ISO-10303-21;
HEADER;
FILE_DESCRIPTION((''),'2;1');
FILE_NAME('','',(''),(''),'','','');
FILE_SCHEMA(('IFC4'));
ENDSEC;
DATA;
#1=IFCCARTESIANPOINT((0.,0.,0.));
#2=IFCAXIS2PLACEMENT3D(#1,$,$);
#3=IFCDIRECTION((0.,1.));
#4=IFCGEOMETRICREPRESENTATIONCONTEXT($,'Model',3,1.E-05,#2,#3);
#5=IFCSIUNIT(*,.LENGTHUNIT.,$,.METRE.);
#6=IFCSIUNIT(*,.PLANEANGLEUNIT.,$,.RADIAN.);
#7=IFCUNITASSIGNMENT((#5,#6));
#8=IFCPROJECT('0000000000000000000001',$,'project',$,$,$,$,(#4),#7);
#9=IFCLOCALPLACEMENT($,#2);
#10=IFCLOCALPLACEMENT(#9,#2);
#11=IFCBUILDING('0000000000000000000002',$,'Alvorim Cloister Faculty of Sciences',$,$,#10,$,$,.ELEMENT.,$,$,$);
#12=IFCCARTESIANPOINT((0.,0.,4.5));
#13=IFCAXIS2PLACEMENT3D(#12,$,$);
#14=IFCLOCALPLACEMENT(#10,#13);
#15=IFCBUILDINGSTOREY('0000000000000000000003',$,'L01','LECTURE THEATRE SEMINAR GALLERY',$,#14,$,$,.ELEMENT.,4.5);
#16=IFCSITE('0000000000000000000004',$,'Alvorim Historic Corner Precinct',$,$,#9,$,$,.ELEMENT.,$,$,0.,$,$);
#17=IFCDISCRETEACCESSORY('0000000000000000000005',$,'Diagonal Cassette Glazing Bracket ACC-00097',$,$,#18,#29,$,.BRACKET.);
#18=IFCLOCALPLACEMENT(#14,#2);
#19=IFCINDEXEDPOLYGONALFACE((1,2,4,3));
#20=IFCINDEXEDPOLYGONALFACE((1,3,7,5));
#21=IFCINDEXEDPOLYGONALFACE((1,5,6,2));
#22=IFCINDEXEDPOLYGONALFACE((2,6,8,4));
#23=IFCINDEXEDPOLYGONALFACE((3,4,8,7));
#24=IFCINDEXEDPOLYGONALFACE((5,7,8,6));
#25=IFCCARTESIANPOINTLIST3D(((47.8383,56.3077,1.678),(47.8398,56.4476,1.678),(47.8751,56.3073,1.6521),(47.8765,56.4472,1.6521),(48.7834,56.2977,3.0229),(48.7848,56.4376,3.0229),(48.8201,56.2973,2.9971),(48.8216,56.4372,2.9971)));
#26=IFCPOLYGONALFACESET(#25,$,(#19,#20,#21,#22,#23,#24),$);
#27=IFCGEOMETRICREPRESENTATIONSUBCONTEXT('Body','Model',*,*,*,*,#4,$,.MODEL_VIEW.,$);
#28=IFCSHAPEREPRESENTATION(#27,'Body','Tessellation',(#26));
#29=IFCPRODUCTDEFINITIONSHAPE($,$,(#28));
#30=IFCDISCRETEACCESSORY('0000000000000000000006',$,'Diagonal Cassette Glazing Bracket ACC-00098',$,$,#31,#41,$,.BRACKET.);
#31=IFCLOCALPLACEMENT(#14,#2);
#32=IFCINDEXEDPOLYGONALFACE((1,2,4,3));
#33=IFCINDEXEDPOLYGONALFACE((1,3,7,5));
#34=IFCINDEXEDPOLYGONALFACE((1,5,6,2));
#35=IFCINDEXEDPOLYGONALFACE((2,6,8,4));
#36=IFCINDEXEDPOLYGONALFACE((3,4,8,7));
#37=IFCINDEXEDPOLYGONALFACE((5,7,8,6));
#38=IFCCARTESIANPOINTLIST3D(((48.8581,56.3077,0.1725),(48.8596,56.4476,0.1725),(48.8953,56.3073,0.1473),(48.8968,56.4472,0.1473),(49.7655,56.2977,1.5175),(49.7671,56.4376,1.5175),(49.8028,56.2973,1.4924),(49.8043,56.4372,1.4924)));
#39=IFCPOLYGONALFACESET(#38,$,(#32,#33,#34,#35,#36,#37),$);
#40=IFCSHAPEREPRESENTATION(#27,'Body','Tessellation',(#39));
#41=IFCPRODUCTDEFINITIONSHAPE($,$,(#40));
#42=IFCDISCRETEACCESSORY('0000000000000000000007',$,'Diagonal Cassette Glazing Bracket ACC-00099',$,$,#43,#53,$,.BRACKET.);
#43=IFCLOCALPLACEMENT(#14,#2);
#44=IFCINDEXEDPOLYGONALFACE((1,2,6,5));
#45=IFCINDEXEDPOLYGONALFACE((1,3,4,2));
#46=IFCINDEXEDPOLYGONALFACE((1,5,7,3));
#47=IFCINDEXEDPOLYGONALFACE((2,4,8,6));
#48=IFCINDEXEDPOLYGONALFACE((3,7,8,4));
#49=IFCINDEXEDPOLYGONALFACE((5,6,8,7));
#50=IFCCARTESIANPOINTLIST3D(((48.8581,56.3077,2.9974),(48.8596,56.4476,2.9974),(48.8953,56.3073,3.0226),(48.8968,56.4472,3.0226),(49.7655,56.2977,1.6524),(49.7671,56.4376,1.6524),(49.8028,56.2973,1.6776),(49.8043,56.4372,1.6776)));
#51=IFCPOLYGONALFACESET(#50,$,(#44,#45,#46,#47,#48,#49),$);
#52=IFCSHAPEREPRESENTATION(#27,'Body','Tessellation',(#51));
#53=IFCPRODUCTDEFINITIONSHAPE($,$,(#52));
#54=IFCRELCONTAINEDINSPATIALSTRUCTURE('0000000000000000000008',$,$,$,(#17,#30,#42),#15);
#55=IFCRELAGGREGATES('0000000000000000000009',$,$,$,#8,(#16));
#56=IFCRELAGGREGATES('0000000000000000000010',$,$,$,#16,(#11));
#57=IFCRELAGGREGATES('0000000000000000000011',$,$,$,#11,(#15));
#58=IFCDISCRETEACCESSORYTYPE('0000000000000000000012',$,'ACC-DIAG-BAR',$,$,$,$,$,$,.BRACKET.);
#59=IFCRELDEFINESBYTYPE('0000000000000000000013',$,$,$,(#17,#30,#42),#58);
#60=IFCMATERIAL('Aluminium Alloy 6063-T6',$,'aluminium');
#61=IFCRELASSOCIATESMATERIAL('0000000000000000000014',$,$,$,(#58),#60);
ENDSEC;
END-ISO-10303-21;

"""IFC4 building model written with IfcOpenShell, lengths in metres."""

from ifc_helpers import new_model, si_unit, direction, frame, origin, origin_2d, place, context, subcontext, project, spatial, rectangle, extrude, material, type_object, element, save


model = new_model("IFC4")

# Units and contexts
model_context = context("Model", 3, precision=1e-05, world=origin(), true_north=direction((0.0, 1.0)))
body_context = subcontext(model_context, "Body", "Model", "MODEL_VIEW")
ifc_project = project(units=[si_unit("LENGTHUNIT", "METRE"), si_unit("PLANEANGLEUNIT", "RADIAN")], contexts=[model_context])

# Site, building, storey
site_placement = place(None, origin())
site = spatial("IfcSite", under=ifc_project, at=site_placement, Name="Alvorim Historic Corner Precinct", CompositionType="ELEMENT", RefElevation=0.0)
building_placement = place(site_placement, origin())
building = spatial("IfcBuilding", under=site, at=building_placement, Name="Alvorim Cloister Faculty of Sciences", CompositionType="ELEMENT")
storey_placement = place(building_placement, frame((0.0, 0.0, 4.5)))
storey = spatial("IfcBuildingStorey", under=building, at=storey_placement, Name="L01", Description="LECTURE THEATRE SEMINAR GALLERY", CompositionType="ELEMENT", Elevation=4.5)

# Shared definitions
ifc_material_1 = material(Name="Aluminium Alloy 6063-T6", Category="aluminium")

# Discrete accessories
discrete_accessory_type = type_object("IfcDiscreteAccessoryType", Name="ACC-DIAG-BAR", PredefinedType="BRACKET", material=ifc_material_1)
for number, where, z_axis, x_axis, name in (
    (1, (47.8574, 56.3774, 1.665), (0.574916, -0.006089, 0.81819), (0.010591, 0.999944, 0.0), "Diagonal Cassette Glazing Bracket ACC-00097"),
):
    element("IfcDiscreteAccessory", number, at=place(storey_placement, frame(where, z_axis=z_axis, x_axis=x_axis)), inside=storey, type_object=discrete_accessory_type, Name=name, PredefinedType="BRACKET", context=body_context, shape_type="SweptSolid", body=[
        extrude(rectangle(XDim=0.1399, YDim=0.0449, at=origin_2d()), origin(), (0.0, 0.0, 1.0), 1.6438),
    ])
for number, where, z_axis, x_axis, name in (
    (2, (48.8774, 56.3774, 0.1599), (0.559299, -0.006169, 0.828943), (0.01103, 0.999939, 0.0), "Diagonal Cassette Glazing Bracket ACC-00098"),
    (3, (48.8774, 56.3774, 3.01), (0.559299, -0.006169, -0.828943), (0.01103, 0.999939, 0.0), "Diagonal Cassette Glazing Bracket ACC-00099"),
):
    element("IfcDiscreteAccessory", number, at=place(storey_placement, frame(where, z_axis=z_axis, x_axis=x_axis)), inside=storey, type_object=discrete_accessory_type, Name=name, PredefinedType="BRACKET", context=body_context, shape_type="SweptSolid", body=[
        extrude(rectangle(XDim=0.1399, YDim=0.0449, at=origin_2d()), origin(), (0.0, 0.0, 1.0), 1.6226),
    ])

save(model, "model.ifc")
